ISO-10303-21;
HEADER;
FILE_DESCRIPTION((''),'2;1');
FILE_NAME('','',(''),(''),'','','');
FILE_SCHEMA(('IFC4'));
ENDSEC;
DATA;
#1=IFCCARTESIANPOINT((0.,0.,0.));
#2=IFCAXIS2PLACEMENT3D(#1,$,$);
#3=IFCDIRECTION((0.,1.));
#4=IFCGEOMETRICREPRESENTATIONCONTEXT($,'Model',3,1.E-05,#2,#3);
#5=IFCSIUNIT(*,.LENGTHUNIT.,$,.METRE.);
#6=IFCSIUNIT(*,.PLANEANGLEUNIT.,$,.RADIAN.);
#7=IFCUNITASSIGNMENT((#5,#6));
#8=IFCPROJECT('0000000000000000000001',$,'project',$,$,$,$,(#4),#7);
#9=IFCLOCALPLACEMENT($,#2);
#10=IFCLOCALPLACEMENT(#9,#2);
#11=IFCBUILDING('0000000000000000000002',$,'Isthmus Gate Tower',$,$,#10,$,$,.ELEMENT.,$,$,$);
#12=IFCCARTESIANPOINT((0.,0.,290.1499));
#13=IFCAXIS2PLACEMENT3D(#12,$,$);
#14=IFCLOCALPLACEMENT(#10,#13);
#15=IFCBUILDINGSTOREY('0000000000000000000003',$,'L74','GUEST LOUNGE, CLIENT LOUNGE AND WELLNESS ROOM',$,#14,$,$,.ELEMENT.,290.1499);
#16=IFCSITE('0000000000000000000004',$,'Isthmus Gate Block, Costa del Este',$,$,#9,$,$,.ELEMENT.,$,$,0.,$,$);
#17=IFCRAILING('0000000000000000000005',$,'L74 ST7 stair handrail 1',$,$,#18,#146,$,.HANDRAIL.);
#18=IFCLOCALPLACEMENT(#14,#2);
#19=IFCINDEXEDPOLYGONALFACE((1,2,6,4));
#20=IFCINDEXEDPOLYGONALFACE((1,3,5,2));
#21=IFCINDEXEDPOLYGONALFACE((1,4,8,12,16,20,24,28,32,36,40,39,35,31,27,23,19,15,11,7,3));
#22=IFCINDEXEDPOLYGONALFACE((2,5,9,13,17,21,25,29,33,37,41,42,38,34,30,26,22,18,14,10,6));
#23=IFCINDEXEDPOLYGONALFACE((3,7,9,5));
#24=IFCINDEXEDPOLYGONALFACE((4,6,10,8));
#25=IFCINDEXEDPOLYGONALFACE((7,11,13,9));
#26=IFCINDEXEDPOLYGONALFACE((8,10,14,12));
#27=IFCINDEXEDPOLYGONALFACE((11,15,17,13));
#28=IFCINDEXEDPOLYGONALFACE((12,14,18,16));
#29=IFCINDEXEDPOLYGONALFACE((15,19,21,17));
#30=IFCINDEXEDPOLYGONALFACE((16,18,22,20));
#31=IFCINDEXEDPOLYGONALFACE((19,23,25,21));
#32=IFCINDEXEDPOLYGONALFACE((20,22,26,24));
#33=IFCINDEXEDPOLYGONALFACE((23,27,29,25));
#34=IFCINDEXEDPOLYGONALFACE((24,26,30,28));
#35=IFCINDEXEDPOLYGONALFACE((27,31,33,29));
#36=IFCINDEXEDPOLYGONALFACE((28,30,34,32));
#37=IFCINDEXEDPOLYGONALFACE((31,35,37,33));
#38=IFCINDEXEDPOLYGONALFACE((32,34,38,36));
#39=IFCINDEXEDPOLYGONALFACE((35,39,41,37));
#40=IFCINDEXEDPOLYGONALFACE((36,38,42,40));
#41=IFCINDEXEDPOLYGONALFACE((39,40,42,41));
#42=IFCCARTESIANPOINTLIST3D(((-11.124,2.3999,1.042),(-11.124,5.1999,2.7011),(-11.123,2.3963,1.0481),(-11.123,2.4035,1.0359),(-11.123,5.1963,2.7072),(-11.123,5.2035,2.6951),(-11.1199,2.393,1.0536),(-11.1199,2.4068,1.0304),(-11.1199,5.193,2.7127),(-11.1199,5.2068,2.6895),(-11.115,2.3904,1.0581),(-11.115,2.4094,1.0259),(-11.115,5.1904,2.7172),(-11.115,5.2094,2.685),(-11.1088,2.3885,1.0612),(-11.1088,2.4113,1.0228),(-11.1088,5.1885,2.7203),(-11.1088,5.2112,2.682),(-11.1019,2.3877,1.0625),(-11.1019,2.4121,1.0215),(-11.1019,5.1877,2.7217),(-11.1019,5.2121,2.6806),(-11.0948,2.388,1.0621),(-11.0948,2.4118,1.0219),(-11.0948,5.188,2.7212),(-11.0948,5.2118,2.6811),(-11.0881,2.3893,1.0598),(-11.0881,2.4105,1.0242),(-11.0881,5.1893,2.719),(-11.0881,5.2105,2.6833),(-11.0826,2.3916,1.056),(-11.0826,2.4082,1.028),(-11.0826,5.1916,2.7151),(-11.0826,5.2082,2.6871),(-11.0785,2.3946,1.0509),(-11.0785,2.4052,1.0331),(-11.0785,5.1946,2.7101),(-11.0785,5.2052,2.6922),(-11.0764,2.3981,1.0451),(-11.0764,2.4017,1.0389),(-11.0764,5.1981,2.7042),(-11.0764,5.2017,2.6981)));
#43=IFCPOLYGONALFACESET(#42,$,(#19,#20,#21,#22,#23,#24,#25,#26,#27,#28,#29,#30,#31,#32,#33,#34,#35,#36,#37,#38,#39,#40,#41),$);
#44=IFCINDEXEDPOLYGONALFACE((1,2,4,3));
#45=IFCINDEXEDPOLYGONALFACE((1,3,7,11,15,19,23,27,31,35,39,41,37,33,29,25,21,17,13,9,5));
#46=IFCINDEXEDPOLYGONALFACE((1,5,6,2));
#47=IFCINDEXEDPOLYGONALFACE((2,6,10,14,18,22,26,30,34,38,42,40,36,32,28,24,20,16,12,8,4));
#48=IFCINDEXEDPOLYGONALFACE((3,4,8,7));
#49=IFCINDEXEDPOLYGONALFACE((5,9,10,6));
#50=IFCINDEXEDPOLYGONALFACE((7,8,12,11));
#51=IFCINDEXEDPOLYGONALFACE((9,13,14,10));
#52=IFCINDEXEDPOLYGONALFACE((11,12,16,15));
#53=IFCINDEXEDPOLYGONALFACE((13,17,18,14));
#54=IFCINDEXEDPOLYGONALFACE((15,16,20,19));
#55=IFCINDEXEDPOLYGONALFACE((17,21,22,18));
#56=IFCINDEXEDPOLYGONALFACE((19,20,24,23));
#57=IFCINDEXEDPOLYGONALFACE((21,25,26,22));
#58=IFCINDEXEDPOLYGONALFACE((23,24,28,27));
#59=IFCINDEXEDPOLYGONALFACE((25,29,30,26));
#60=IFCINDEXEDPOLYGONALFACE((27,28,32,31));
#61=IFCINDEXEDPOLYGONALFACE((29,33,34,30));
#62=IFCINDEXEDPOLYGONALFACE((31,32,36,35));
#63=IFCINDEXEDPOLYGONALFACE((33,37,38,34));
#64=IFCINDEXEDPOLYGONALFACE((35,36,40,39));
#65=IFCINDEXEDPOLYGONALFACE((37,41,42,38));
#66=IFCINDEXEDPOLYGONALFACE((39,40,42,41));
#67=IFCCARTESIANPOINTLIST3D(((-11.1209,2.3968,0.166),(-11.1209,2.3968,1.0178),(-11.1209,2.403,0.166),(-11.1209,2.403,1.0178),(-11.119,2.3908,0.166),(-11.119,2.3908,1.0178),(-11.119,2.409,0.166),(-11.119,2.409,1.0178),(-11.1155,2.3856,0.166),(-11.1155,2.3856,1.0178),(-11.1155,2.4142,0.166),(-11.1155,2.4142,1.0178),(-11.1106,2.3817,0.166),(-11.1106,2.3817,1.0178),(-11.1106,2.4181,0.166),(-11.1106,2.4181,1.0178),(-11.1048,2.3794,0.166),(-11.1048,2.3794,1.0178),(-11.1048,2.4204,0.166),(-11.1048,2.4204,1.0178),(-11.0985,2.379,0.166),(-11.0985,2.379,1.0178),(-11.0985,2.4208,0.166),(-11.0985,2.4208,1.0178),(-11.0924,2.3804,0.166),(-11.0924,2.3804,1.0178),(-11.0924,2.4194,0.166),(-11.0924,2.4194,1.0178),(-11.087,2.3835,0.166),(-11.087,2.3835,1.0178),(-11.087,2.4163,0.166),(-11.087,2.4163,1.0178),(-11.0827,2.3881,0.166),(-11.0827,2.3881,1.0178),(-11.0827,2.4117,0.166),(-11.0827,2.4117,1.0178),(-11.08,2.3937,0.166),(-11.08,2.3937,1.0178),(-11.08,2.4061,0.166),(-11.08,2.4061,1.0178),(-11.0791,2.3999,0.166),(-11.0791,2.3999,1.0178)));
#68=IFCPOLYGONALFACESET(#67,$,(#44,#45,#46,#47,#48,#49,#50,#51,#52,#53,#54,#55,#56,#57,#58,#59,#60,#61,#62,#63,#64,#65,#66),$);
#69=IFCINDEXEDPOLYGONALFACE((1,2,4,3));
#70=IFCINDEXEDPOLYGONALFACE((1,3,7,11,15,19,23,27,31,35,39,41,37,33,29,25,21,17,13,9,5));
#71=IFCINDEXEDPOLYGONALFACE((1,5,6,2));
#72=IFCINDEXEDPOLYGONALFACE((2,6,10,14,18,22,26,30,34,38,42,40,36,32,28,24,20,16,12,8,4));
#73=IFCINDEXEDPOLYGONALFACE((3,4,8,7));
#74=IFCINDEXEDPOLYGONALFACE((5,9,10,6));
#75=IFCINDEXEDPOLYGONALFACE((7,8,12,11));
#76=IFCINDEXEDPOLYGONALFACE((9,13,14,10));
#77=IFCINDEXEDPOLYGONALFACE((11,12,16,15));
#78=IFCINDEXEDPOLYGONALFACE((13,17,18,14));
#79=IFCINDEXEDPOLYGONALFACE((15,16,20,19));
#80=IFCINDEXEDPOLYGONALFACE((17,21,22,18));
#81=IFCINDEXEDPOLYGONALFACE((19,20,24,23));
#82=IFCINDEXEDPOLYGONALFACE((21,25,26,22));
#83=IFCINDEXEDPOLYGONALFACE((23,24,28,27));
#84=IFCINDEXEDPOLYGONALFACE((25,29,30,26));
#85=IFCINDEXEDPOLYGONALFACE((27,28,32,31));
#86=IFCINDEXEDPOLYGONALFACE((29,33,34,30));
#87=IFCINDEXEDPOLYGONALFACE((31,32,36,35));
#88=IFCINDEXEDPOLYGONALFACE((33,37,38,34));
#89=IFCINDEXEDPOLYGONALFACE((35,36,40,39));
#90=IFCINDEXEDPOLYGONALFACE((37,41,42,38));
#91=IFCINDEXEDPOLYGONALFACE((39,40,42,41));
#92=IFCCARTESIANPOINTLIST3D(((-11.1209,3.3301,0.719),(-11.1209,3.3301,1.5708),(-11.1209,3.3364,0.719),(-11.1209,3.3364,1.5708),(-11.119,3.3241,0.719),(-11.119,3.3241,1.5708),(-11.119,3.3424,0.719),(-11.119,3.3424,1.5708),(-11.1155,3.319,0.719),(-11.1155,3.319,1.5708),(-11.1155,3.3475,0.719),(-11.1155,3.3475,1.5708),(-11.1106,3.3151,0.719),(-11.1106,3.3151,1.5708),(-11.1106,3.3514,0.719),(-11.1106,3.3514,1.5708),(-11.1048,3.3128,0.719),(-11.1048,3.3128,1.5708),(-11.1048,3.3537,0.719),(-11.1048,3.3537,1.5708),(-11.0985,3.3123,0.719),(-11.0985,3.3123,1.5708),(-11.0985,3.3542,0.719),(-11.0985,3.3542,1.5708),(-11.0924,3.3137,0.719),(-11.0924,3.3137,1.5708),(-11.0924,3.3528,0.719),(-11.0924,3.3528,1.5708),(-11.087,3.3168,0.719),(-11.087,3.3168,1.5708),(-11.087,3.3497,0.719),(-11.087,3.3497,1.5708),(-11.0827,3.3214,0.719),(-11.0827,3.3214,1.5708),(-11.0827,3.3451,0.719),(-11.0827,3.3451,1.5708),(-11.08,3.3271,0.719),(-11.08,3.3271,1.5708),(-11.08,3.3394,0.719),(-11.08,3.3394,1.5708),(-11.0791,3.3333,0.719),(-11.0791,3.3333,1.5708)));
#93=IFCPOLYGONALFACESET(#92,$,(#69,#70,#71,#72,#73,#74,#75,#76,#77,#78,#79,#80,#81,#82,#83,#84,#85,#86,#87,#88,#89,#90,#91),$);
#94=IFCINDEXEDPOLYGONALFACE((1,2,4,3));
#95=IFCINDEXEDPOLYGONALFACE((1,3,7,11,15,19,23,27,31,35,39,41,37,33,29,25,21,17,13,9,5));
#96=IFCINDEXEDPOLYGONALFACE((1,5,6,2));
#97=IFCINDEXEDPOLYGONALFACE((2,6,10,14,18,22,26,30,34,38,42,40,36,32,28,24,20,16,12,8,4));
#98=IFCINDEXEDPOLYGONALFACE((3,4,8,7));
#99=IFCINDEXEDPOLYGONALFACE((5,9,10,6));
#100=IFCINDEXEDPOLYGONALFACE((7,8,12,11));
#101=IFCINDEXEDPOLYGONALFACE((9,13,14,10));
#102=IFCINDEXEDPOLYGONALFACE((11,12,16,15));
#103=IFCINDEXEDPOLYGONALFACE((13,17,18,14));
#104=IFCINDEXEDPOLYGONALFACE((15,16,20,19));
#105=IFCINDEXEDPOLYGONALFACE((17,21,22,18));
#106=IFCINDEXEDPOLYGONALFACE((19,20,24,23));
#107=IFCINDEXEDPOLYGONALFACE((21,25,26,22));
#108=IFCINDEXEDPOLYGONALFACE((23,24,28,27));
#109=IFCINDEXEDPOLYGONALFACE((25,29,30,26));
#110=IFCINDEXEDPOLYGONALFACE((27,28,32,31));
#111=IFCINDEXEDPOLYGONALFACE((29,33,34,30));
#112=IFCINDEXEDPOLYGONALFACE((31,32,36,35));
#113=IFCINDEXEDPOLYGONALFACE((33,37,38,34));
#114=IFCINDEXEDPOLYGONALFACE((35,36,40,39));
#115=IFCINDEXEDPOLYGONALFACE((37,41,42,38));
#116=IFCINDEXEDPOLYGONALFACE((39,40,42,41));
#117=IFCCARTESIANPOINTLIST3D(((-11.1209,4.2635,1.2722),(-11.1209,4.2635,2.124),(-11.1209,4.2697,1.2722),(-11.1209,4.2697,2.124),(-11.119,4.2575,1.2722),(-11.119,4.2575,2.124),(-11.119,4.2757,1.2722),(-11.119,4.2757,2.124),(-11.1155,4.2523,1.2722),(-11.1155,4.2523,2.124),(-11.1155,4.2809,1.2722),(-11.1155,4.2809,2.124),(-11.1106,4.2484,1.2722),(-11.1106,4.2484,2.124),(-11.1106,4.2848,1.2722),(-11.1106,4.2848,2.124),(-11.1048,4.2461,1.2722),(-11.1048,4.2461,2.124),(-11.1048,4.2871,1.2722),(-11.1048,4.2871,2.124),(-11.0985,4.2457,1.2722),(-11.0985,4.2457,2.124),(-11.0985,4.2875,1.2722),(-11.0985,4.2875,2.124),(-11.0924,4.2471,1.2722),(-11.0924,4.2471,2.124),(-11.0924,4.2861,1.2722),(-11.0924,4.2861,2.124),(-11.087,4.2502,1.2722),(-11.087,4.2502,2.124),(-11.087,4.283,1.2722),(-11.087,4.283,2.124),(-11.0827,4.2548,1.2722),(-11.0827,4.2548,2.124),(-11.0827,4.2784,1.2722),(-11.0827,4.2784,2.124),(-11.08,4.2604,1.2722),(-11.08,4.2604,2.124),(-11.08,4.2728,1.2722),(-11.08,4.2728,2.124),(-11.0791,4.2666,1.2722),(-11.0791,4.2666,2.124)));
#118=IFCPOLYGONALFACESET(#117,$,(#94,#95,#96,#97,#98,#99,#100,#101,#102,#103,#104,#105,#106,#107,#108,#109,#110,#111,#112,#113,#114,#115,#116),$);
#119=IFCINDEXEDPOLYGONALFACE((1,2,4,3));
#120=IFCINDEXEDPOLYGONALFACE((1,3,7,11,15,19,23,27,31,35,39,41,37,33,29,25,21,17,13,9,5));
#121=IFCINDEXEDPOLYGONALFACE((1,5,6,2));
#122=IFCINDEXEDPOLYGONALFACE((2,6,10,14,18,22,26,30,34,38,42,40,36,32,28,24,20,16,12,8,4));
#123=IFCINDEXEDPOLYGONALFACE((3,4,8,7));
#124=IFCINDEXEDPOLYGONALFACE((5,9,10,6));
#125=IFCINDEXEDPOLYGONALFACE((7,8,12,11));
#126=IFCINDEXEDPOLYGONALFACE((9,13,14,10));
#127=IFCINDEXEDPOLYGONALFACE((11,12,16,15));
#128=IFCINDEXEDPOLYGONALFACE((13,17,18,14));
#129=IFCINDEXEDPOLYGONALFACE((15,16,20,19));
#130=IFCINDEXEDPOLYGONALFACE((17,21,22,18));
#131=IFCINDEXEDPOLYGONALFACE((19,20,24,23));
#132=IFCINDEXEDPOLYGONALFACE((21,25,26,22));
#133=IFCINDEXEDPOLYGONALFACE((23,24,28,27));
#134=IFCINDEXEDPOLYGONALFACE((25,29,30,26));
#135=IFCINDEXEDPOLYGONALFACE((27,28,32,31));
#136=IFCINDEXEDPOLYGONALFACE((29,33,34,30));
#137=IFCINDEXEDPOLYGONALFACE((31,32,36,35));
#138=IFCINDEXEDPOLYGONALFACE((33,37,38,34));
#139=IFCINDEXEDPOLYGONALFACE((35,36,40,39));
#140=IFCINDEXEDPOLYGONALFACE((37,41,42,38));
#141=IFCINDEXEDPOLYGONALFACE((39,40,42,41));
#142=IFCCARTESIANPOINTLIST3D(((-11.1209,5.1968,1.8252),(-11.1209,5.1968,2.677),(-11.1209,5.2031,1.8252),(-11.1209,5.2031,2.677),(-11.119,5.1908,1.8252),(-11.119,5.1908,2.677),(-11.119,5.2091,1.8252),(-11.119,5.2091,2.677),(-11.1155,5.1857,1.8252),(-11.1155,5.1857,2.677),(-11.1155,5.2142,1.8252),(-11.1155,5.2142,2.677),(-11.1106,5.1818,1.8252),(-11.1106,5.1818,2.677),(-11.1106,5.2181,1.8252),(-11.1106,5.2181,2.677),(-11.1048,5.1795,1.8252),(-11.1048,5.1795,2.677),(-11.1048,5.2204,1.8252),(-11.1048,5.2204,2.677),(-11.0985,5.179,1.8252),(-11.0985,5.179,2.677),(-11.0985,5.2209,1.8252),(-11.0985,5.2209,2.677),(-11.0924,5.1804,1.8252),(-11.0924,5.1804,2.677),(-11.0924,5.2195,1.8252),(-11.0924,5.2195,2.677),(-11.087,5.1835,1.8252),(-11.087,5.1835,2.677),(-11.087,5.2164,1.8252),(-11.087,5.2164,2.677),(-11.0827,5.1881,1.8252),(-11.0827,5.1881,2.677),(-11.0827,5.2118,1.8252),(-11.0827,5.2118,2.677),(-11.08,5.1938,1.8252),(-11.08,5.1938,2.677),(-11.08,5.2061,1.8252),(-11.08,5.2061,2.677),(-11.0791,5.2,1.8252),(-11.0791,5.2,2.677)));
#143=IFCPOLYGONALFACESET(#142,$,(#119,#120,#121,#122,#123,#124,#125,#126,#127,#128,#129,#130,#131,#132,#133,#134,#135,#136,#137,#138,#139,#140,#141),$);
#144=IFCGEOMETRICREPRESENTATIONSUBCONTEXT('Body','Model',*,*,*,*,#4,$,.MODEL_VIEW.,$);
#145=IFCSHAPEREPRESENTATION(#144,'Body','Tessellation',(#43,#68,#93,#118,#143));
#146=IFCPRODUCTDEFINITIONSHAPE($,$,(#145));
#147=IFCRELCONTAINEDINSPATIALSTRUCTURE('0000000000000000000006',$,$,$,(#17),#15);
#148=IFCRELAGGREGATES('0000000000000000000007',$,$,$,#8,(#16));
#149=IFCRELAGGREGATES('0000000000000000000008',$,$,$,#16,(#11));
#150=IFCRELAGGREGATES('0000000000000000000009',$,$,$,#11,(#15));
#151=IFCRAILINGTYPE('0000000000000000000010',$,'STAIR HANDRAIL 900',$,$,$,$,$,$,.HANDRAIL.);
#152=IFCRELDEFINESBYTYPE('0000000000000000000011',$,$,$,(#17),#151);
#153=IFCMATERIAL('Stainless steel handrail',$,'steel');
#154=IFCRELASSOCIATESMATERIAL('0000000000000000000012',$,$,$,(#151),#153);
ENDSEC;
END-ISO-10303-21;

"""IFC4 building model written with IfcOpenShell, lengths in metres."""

from ifc_helpers import new_model, si_unit, direction, frame, origin, origin_2d, place, context, subcontext, project, spatial, circle, extrude, material, type_object, element, save


model = new_model("IFC4")

# Units and contexts
model_context = context("Model", 3, precision=1e-05, world=origin(), true_north=direction((0.0, 1.0)))
body_context = subcontext(model_context, "Body", "Model", "MODEL_VIEW")
ifc_project = project(units=[si_unit("LENGTHUNIT", "METRE"), si_unit("PLANEANGLEUNIT", "RADIAN")], contexts=[model_context])

# Site, building, storey
site_placement = place(None, origin())
site = spatial("IfcSite", under=ifc_project, at=site_placement, Name="Isthmus Gate Block, Costa del Este", CompositionType="ELEMENT", RefElevation=0.0)
building_placement = place(site_placement, origin())
building = spatial("IfcBuilding", under=site, at=building_placement, Name="Isthmus Gate Tower", CompositionType="ELEMENT")
storey_placement = place(building_placement, frame((0.0, 0.0, 290.1499)))
storey = spatial("IfcBuildingStorey", under=building, at=storey_placement, Name="L74", Description="GUEST LOUNGE, CLIENT LOUNGE AND WELLNESS ROOM", CompositionType="ELEMENT", Elevation=290.1499)

# Railing
ifc_material_1 = material(Name="Stainless steel handrail", Category="steel")
railing_type_1 = type_object("IfcRailingType", Name="STAIR HANDRAIL 900", PredefinedType="HANDRAIL", material=ifc_material_1)
railing_1_placement = place(storey_placement, frame((-11.1001, 2.3999, 0.166)))
element("IfcRailing", 1, at=railing_1_placement, inside=storey, type_object=railing_type_1, Name="L74 ST7 stair handrail 1", PredefinedType="HANDRAIL", context=body_context, shape_type="SweptSolid", body=[
    extrude(circle(Radius=0.0239, at=origin_2d()), frame((0.0, 0.0, 0.876), z_axis=(0.0, 0.860306, 0.509778), x_axis=(-1.0, 0.0, 0.0)), (0.0, 0.0, 1.0), 3.2546),
    extrude(circle(Radius=0.021, at=origin_2d()), origin(), (0.0, 0.0, 1.0), 0.8518),
    extrude(circle(Radius=0.021, at=origin_2d()), frame((0.0, 0.9333, 0.553)), (0.0, 0.0, 1.0), 0.8518),
    extrude(circle(Radius=0.021, at=origin_2d()), frame((0.0, 1.8667, 1.1062)), (0.0, 0.0, 1.0), 0.8518),
    extrude(circle(Radius=0.021, at=origin_2d()), frame((0.0, 2.8, 1.6592)), (0.0, 0.0, 1.0), 0.8518),
])

save(model, "model.ifc")
